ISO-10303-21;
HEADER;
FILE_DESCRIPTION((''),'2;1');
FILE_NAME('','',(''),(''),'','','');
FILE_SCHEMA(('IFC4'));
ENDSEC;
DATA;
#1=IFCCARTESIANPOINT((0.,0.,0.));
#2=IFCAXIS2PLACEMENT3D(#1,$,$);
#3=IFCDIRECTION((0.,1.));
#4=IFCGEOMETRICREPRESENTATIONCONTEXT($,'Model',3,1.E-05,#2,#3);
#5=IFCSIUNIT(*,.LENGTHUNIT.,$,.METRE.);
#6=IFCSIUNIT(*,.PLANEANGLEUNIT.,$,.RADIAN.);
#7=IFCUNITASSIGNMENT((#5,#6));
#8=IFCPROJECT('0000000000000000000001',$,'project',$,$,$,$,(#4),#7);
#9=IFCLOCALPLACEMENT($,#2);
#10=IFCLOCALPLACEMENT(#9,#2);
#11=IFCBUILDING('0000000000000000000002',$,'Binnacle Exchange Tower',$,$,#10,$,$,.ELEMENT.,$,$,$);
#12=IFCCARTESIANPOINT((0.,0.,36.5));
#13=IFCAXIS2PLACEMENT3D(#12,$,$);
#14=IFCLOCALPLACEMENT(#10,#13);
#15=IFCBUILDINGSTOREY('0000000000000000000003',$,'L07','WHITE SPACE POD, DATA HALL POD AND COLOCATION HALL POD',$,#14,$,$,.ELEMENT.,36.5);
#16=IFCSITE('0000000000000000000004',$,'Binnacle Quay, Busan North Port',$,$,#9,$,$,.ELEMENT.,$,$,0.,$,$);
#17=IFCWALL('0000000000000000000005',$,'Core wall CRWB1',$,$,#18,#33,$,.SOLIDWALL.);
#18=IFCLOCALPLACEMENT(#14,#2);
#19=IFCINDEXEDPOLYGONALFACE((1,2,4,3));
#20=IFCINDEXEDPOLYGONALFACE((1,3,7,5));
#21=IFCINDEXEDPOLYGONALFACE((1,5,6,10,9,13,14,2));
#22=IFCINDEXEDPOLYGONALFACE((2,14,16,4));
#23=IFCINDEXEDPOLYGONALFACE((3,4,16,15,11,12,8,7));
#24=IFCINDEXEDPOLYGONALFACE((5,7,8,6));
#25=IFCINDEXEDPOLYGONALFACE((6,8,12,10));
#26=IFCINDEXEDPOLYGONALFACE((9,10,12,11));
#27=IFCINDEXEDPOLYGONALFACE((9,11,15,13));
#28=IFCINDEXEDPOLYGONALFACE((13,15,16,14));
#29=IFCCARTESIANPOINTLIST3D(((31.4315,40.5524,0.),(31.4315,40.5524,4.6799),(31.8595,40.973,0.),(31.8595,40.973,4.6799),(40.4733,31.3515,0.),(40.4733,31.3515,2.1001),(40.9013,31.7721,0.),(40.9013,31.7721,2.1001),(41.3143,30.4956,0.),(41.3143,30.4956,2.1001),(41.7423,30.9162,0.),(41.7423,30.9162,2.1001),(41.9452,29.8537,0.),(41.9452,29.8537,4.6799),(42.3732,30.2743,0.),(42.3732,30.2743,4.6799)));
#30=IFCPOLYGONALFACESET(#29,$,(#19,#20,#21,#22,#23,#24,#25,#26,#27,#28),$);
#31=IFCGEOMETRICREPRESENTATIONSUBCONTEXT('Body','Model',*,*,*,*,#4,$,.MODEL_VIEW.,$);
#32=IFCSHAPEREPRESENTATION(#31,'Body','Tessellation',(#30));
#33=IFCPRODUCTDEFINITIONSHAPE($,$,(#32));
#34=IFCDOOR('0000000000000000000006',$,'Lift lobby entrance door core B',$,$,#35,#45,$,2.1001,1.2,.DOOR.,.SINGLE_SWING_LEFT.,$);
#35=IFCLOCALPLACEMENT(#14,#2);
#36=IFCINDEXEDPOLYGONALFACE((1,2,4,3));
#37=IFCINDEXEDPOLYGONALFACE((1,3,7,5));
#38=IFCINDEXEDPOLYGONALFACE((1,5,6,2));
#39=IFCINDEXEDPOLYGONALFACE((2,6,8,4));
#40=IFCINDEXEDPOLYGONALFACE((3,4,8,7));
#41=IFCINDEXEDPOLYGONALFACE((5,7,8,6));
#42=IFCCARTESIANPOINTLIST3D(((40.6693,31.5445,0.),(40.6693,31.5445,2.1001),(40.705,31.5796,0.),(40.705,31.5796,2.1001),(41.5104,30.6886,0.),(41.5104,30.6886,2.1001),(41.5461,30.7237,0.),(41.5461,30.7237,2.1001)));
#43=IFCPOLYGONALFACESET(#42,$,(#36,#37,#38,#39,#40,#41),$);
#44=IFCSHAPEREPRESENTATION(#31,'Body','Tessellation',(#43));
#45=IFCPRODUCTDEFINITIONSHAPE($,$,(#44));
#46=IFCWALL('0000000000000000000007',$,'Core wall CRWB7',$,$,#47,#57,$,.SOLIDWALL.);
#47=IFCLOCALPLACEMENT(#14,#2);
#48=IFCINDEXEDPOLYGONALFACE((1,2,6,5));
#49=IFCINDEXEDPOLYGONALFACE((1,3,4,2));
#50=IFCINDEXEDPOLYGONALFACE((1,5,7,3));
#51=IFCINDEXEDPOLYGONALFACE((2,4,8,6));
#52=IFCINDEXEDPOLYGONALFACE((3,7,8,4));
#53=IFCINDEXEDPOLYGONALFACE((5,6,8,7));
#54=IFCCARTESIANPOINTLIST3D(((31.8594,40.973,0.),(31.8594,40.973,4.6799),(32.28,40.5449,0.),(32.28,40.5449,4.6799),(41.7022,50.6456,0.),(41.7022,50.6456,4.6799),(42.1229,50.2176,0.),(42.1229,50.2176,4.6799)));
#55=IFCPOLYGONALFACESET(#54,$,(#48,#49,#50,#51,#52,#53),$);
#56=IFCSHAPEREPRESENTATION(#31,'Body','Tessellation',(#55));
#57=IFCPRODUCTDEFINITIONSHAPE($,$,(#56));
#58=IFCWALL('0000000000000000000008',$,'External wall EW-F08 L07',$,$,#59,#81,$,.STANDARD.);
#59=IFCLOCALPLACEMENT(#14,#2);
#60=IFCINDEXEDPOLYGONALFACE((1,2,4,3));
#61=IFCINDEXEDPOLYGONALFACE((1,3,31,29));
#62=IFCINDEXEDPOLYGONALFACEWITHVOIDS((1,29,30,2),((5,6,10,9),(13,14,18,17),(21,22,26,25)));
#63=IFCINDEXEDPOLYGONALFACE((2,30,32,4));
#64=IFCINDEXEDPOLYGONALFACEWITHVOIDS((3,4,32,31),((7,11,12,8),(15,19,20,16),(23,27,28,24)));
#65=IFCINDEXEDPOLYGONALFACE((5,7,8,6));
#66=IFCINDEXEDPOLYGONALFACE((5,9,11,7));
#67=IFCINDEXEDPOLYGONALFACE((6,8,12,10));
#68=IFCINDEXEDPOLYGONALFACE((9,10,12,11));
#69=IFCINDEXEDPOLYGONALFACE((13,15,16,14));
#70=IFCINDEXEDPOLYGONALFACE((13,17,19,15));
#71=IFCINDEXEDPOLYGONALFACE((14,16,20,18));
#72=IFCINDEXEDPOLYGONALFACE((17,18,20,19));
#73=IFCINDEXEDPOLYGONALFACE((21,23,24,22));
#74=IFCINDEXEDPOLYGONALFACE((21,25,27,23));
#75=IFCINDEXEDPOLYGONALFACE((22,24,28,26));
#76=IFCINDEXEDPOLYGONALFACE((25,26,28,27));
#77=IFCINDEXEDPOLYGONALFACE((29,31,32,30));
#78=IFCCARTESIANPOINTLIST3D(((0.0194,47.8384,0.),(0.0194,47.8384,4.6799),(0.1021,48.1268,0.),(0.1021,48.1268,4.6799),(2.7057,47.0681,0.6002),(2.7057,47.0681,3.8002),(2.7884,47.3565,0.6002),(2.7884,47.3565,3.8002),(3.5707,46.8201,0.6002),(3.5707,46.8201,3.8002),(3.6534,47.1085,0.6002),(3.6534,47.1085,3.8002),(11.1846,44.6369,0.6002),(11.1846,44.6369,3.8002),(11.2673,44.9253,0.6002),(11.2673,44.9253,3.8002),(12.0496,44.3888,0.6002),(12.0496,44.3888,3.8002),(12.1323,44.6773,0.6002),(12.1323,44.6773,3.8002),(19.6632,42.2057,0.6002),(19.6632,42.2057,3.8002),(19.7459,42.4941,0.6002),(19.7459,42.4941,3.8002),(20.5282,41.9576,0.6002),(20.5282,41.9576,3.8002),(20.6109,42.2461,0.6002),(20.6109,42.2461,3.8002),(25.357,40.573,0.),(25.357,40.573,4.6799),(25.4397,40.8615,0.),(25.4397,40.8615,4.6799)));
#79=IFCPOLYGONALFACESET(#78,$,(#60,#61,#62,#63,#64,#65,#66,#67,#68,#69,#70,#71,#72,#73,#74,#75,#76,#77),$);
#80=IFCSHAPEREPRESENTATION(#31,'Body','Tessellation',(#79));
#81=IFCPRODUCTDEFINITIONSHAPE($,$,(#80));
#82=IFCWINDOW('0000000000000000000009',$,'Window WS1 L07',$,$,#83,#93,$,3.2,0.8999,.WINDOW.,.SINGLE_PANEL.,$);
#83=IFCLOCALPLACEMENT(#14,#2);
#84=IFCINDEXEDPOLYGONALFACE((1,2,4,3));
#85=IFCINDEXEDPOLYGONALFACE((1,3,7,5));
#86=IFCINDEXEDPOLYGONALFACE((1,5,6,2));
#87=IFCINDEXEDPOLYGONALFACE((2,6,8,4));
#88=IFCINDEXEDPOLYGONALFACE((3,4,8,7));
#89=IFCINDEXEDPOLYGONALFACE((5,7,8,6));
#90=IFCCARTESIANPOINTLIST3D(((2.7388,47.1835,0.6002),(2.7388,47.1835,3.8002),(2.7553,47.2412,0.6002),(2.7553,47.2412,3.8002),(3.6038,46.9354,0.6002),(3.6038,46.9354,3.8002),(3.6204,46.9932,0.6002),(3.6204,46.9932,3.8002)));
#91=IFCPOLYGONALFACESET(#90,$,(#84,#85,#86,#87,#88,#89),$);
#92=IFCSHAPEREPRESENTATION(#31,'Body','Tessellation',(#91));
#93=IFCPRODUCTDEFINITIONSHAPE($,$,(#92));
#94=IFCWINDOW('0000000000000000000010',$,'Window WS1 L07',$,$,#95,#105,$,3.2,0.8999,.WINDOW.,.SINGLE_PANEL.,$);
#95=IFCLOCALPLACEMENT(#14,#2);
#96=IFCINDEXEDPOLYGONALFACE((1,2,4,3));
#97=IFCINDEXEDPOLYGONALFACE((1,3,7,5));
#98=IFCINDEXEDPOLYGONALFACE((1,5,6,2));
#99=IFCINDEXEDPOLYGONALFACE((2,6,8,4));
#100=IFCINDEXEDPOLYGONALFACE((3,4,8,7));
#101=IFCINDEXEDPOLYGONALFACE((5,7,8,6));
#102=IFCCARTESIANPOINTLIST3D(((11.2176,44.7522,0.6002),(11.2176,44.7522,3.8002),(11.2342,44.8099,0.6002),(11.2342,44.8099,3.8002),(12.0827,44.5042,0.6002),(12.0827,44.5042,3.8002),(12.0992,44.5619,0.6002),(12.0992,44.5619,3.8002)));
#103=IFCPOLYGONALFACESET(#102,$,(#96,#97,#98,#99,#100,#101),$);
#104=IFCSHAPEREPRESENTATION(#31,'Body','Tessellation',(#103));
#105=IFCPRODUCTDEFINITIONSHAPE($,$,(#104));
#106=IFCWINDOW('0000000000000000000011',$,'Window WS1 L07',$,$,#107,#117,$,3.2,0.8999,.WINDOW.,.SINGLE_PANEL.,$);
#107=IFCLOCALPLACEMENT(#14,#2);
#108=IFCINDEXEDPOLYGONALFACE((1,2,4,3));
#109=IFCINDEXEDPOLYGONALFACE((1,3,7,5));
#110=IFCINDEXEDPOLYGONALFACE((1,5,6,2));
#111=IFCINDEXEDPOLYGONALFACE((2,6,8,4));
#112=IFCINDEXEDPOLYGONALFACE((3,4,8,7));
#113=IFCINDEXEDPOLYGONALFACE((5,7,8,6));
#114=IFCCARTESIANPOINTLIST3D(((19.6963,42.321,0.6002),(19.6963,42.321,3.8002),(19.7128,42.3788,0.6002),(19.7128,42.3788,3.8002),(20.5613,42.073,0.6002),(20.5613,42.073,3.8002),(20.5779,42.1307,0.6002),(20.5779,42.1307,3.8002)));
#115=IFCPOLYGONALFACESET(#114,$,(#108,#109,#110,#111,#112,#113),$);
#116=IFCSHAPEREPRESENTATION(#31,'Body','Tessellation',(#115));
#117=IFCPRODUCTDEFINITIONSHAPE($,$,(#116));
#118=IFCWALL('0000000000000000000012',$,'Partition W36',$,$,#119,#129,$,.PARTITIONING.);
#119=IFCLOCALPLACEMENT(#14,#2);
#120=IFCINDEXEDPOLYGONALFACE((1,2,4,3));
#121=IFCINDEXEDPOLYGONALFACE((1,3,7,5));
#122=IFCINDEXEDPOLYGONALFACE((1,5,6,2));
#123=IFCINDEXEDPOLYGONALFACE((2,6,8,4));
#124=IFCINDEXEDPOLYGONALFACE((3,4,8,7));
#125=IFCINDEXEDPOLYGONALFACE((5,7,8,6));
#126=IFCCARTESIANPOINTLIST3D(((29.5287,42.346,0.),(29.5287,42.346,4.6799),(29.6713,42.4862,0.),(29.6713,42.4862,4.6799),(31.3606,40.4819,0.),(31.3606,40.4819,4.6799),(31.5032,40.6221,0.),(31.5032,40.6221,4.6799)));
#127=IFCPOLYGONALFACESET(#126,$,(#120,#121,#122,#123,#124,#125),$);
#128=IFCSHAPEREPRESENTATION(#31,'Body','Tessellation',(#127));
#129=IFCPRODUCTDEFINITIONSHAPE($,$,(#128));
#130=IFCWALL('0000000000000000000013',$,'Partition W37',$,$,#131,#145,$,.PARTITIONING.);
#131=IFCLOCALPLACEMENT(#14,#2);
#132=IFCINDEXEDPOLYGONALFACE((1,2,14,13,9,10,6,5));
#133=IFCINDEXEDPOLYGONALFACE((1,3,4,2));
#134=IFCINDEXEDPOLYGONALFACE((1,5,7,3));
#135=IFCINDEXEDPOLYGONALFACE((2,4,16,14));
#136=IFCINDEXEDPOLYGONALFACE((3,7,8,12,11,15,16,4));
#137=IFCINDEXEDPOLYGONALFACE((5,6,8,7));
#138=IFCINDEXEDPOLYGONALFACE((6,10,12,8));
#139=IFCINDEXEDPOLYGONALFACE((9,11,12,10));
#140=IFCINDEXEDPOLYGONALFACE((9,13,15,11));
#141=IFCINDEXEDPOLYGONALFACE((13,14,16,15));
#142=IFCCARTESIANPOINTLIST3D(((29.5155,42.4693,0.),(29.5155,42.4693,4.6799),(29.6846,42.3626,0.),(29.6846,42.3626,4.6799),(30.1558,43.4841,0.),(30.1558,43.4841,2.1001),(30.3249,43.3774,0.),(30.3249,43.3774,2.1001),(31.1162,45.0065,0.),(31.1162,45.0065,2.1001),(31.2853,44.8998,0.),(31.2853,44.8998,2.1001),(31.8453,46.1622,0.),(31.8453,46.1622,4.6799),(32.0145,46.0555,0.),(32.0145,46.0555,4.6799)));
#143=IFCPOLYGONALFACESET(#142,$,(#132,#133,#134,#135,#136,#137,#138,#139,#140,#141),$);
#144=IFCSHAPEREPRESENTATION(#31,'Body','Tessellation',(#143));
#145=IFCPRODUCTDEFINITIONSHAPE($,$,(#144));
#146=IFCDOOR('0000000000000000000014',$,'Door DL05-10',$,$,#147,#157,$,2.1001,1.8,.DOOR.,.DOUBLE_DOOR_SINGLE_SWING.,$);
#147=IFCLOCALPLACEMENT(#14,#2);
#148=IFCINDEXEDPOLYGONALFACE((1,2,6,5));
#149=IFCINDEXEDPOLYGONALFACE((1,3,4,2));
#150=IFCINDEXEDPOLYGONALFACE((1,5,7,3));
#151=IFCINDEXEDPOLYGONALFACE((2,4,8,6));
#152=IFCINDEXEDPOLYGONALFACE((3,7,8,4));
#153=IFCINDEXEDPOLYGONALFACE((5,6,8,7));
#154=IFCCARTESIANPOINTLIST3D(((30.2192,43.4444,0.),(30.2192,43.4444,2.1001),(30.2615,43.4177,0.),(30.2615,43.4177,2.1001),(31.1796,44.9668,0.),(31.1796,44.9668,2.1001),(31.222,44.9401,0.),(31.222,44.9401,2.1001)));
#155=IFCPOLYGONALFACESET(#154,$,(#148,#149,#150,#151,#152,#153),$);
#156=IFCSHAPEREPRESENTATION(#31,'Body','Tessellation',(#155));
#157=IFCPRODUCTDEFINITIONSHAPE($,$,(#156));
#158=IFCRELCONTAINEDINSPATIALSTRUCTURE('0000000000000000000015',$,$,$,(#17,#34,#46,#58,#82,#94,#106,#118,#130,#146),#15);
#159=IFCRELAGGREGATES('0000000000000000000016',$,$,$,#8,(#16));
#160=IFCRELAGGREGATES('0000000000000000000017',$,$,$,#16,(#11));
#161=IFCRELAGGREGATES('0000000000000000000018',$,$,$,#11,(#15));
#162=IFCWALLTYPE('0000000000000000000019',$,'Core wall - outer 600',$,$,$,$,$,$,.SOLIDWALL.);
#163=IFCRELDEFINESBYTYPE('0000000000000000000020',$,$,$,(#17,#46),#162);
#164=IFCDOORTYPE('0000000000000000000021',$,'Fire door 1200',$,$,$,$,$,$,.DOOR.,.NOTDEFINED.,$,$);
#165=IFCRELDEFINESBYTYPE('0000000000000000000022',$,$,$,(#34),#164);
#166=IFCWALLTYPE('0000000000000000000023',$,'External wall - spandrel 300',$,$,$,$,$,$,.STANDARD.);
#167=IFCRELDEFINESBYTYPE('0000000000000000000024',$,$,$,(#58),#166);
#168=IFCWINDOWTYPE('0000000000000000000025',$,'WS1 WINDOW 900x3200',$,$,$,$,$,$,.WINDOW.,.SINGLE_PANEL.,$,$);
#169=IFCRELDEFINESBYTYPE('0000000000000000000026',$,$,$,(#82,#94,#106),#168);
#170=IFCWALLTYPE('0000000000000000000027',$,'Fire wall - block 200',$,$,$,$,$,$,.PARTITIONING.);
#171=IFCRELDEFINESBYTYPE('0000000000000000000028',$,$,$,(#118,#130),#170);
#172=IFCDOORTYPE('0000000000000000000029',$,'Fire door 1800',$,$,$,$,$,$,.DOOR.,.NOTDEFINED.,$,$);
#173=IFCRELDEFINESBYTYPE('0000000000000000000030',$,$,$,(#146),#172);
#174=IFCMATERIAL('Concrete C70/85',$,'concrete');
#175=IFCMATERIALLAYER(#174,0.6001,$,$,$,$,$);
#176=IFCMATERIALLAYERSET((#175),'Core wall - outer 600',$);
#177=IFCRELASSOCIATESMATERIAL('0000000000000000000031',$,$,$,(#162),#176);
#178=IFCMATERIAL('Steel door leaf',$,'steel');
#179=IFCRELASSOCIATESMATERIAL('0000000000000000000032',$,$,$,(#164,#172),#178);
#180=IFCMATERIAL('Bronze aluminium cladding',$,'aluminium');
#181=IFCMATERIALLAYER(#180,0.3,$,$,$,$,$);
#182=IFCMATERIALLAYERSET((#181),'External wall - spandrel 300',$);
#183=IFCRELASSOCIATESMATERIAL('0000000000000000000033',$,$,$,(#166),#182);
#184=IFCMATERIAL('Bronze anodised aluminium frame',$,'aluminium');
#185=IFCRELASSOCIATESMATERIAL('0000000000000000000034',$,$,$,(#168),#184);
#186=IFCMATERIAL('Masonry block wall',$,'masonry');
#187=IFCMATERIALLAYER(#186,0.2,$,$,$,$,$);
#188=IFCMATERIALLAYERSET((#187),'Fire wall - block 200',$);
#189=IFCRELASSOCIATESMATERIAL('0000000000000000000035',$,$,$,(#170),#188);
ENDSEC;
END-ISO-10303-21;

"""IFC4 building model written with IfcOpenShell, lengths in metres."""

from ifc_helpers import new_model, si_unit, direction, frame, frame_2d, origin, place, context, subcontext, project, spatial, rectangle, extrude, material, layer, layer_set, type_object, element, fill, save


model = new_model("IFC4")

# Units and contexts
model_context = context("Model", 3, precision=1e-05, world=origin(), true_north=direction((0.0, 1.0)))
body_context = subcontext(model_context, "Body", "Model", "MODEL_VIEW")
ifc_project = project(units=[si_unit("LENGTHUNIT", "METRE"), si_unit("PLANEANGLEUNIT", "RADIAN")], contexts=[model_context])

# Site, building, storey
site_placement = place(None, origin())
site = spatial("IfcSite", under=ifc_project, at=site_placement, Name="Binnacle Quay, Busan North Port", CompositionType="ELEMENT", RefElevation=0.0)
building_placement = place(site_placement, origin())
building = spatial("IfcBuilding", under=site, at=building_placement, Name="Binnacle Exchange Tower", CompositionType="ELEMENT")
storey_placement = place(building_placement, frame((0.0, 0.0, 36.5)))
storey = spatial("IfcBuildingStorey", under=building, at=storey_placement, Name="L07", Description="WHITE SPACE POD, DATA HALL POD AND COLOCATION HALL POD", CompositionType="ELEMENT", Elevation=36.5)

# Shared definitions
ifc_material_1 = material(Name="Concrete C70/85", Category="concrete")

# Wall, opening, door
ifc_layer_1 = layer(ifc_material_1, 0.6001)
ifc_layer_set_1 = layer_set([ifc_layer_1], Name="Core wall - outer 600")
wall_type_1 = type_object("IfcWallType", Name="Core wall - outer 600", PredefinedType="SOLIDWALL", material=ifc_layer_set_1)
wall_1_placement = place(storey_placement, frame((31.6455, 40.7627, 0.0), z_axis=(0.0, 0.0, 1.0), x_axis=(0.700911, -0.713248, 0.0)))
wall_1 = element("IfcWall", 1, at=wall_1_placement, inside=storey, type_object=wall_type_1, Name="Core wall CRWB1", PredefinedType="SOLIDWALL", context=body_context, shape_type="SweptSolid", body=[
    extrude(rectangle(XDim=15.0, YDim=0.6001, at=frame_2d((7.5, 0.0))), origin(), (0.0, 0.0, 1.0), 4.6799),
])
opening_1_placement = place(wall_1_placement, frame((12.8999, 0.0, 0.0)))
opening_1 = element("IfcOpeningElement", 2, at=opening_1_placement, cuts=wall_1, PredefinedType="OPENING", context=body_context, shape_type="SweptSolid", body=[
    extrude(rectangle(XDim=1.2, YDim=2.1001, at=frame_2d((0.6001, 1.05))), frame((0.0, 0.3101, 0.0), z_axis=(0.0, -1.0, 0.0), x_axis=(1.0, 0.0, 0.0)), (0.0, 0.0, 1.0), 0.6201),
])
ifc_material_2 = material(Name="Steel door leaf", Category="steel")
door_type_1 = type_object("IfcDoorType", Name="Fire door 1200", OperationType="NOTDEFINED", PredefinedType="DOOR", material=ifc_material_2)
door_1_placement = place(opening_1_placement, frame((1.2, 0.0, 0.0), z_axis=(0.0, 0.0, 1.0), x_axis=(-1.0, 0.0, 0.0)))
door_1 = element("IfcDoor", 3, at=door_1_placement, inside=storey, type_object=door_type_1, Name="Lift lobby entrance door core B", OperationType="SINGLE_SWING_LEFT", OverallHeight=2.1001, OverallWidth=1.2, PredefinedType="DOOR", context=body_context, shape_type="SweptSolid", body=[
    extrude(rectangle(XDim=1.2, YDim=2.1001, at=frame_2d((0.6001, 1.05))), frame((0.0, 0.0249, 0.0), z_axis=(0.0, -1.0, 0.0), x_axis=(1.0, 0.0, 0.0)), (0.0, 0.0, 1.0), 0.05),
])
fill(opening_1, door_1)

# Wall
wall_2_placement = place(storey_placement, frame((32.0698, 40.759, 0.0), z_axis=(0.0, 0.0, 1.0), x_axis=(0.713245, 0.700914, 0.0)))
element("IfcWall", 4, at=wall_2_placement, inside=storey, type_object=wall_type_1, Name="Core wall CRWB7", PredefinedType="SOLIDWALL", context=body_context, shape_type="SweptSolid", body=[
    extrude(rectangle(XDim=13.8, YDim=0.6001, at=frame_2d((6.8999, 0.0))), origin(), (0.0, 0.0, 1.0), 4.6799),
])

# Wall, openings, windows
ifc_material_3 = material(Name="Bronze aluminium cladding", Category="aluminium")
ifc_layer_2 = layer(ifc_material_3, 0.3)
ifc_layer_set_2 = layer_set([ifc_layer_2], Name="External wall - spandrel 300")
wall_type_2 = type_object("IfcWallType", Name="External wall - spandrel 300", PredefinedType="STANDARD", material=ifc_layer_set_2)
wall_3_placement = place(storey_placement, frame((25.3982, 40.7173, 0.0), z_axis=(0.0, 0.0, 1.0), x_axis=(-0.961262, 0.275635, 0.0)))
wall_3 = element("IfcWall", 5, at=wall_3_placement, inside=storey, type_object=wall_type_2, Name="External wall EW-F08 L07", PredefinedType="STANDARD", context=body_context, shape_type="SweptSolid", body=[
    extrude(rectangle(XDim=26.3586, YDim=0.3, at=frame_2d((13.1792, 0.0))), origin(), (0.0, 0.0, 1.0), 4.6799),
])
opening_2_placement = place(wall_3_placement, frame((22.6641, 0.0, 0.6001)))
opening_2 = element("IfcOpeningElement", 6, at=opening_2_placement, cuts=wall_3, PredefinedType="OPENING", context=body_context, shape_type="SweptSolid", body=[
    extrude(rectangle(XDim=0.8999, YDim=3.2, at=frame_2d((0.45, 1.6001))), frame((0.0, 0.1599, 0.0), z_axis=(0.0, -1.0, 0.0), x_axis=(1.0, 0.0, 0.0)), (0.0, 0.0, 1.0), 0.3201),
])
opening_3_placement = place(wall_3_placement, frame((13.8435, 0.0, 0.6001)))
opening_3 = element("IfcOpeningElement", 7, at=opening_3_placement, cuts=wall_3, PredefinedType="OPENING", context=body_context, shape_type="SweptSolid", body=[
    extrude(rectangle(XDim=0.8999, YDim=3.2, at=frame_2d((0.45, 1.6001))), frame((0.0, 0.1599, 0.0), z_axis=(0.0, -1.0, 0.0), x_axis=(1.0, 0.0, 0.0)), (0.0, 0.0, 1.0), 0.3201),
])
opening_4_placement = place(wall_3_placement, frame((5.0232, 0.0, 0.6001)))
opening_4 = element("IfcOpeningElement", 8, at=opening_4_placement, cuts=wall_3, PredefinedType="OPENING", context=body_context, shape_type="SweptSolid", body=[
    extrude(rectangle(XDim=0.8999, YDim=3.2, at=frame_2d((0.45, 1.6001))), frame((0.0, 0.1599, 0.0), z_axis=(0.0, -1.0, 0.0), x_axis=(1.0, 0.0, 0.0)), (0.0, 0.0, 1.0), 0.3201),
])
ifc_material_4 = material(Name="Bronze anodised aluminium frame", Category="aluminium")
window_type = type_object("IfcWindowType", Name="WS1 WINDOW 900x3200", PartitioningType="SINGLE_PANEL", PredefinedType="WINDOW", material=ifc_material_4)
window_1_placement = place(opening_2_placement, origin())
window_1 = element("IfcWindow", 9, at=window_1_placement, inside=storey, type_object=window_type, Name="Window WS1 L07", OverallHeight=3.2, OverallWidth=0.8999, PartitioningType="SINGLE_PANEL", PredefinedType="WINDOW", context=body_context, shape_type="SweptSolid", body=[
    extrude(rectangle(XDim=0.8999, YDim=3.2, at=frame_2d((0.45, 1.6001))), frame((0.0, 0.03, 0.0), z_axis=(0.0, -1.0, 0.0), x_axis=(1.0, 0.0, 0.0)), (0.0, 0.0, 1.0), 0.0601),
])
fill(opening_2, window_1)
window_2_placement = place(opening_3_placement, origin())
window_2 = element("IfcWindow", 10, at=window_2_placement, inside=storey, type_object=window_type, Name="Window WS1 L07", OverallHeight=3.2, OverallWidth=0.8999, PartitioningType="SINGLE_PANEL", PredefinedType="WINDOW", context=body_context, shape_type="SweptSolid", body=[
    extrude(rectangle(XDim=0.8999, YDim=3.2, at=frame_2d((0.45, 1.6001))), frame((0.0, 0.03, 0.0), z_axis=(0.0, -1.0, 0.0), x_axis=(1.0, 0.0, 0.0)), (0.0, 0.0, 1.0), 0.0601),
])
fill(opening_3, window_2)
window_3_placement = place(opening_4_placement, origin())
window_3 = element("IfcWindow", 11, at=window_3_placement, inside=storey, type_object=window_type, Name="Window WS1 L07", OverallHeight=3.2, OverallWidth=0.8999, PartitioningType="SINGLE_PANEL", PredefinedType="WINDOW", context=body_context, shape_type="SweptSolid", body=[
    extrude(rectangle(XDim=0.8999, YDim=3.2, at=frame_2d((0.45, 1.6001))), frame((0.0, 0.03, 0.0), z_axis=(0.0, -1.0, 0.0), x_axis=(1.0, 0.0, 0.0)), (0.0, 0.0, 1.0), 0.0601),
])
fill(opening_4, window_3)

# Wall
ifc_material_5 = material(Name="Masonry block wall", Category="masonry")
ifc_layer_3 = layer(ifc_material_5, 0.2)
ifc_layer_set_3 = layer_set([ifc_layer_3], Name="Fire wall - block 200")
wall_type_3 = type_object("IfcWallType", Name="Fire wall - block 200", PredefinedType="PARTITIONING", material=ifc_layer_set_3)
wall_4_placement = place(storey_placement, frame((29.6001, 42.416, 0.0), z_axis=(0.0, 0.0, 1.0), x_axis=(0.700914, -0.713245, 0.0)))
element("IfcWall", 12, at=wall_4_placement, inside=storey, type_object=wall_type_3, Name="Partition W36", PredefinedType="PARTITIONING", context=body_context, shape_type="SweptSolid", body=[
    extrude(rectangle(XDim=2.6135, YDim=0.2, at=frame_2d((1.3066, 0.0))), origin(), (0.0, 0.0, 1.0), 4.6799),
])

# Wall, opening, door
wall_5_placement = place(storey_placement, frame((29.6001, 42.416, 0.0), z_axis=(0.0, 0.0, 1.0), x_axis=(0.533583, 0.845748, 0.0)))
wall_5 = element("IfcWall", 13, at=wall_5_placement, inside=storey, type_object=wall_type_3, Name="Partition W37", PredefinedType="PARTITIONING", context=body_context, shape_type="SweptSolid", body=[
    extrude(rectangle(XDim=4.3665, YDim=0.2, at=frame_2d((2.1831, 0.0))), origin(), (0.0, 0.0, 1.0), 4.6799),
])
opening_5_placement = place(wall_5_placement, frame((1.2, 0.0, 0.0)))
opening_5 = element("IfcOpeningElement", 14, at=opening_5_placement, cuts=wall_5, PredefinedType="OPENING", context=body_context, shape_type="SweptSolid", body=[
    extrude(rectangle(XDim=1.8, YDim=2.1001, at=frame_2d((0.8999, 1.05))), frame((0.0, 0.1099, 0.0), z_axis=(0.0, -1.0, 0.0), x_axis=(1.0, 0.0, 0.0)), (0.0, 0.0, 1.0), 0.22),
])
door_type_2 = type_object("IfcDoorType", Name="Fire door 1800", OperationType="NOTDEFINED", PredefinedType="DOOR", material=ifc_material_2)
door_2_placement = place(opening_5_placement, frame((1.8, 0.0, 0.0), z_axis=(0.0, 0.0, 1.0), x_axis=(-1.0, 0.0, 0.0)))
door_2 = element("IfcDoor", 15, at=door_2_placement, inside=storey, type_object=door_type_2, Name="Door DL05-10", OperationType="DOUBLE_DOOR_SINGLE_SWING", OverallHeight=2.1001, OverallWidth=1.8, PredefinedType="DOOR", context=body_context, shape_type="SweptSolid", body=[
    extrude(rectangle(XDim=1.8, YDim=2.1001, at=frame_2d((0.8999, 1.05))), frame((0.0, 0.0249, 0.0), z_axis=(0.0, -1.0, 0.0), x_axis=(1.0, 0.0, 0.0)), (0.0, 0.0, 1.0), 0.05),
])
fill(opening_5, door_2)

save(model, "model.ifc")
